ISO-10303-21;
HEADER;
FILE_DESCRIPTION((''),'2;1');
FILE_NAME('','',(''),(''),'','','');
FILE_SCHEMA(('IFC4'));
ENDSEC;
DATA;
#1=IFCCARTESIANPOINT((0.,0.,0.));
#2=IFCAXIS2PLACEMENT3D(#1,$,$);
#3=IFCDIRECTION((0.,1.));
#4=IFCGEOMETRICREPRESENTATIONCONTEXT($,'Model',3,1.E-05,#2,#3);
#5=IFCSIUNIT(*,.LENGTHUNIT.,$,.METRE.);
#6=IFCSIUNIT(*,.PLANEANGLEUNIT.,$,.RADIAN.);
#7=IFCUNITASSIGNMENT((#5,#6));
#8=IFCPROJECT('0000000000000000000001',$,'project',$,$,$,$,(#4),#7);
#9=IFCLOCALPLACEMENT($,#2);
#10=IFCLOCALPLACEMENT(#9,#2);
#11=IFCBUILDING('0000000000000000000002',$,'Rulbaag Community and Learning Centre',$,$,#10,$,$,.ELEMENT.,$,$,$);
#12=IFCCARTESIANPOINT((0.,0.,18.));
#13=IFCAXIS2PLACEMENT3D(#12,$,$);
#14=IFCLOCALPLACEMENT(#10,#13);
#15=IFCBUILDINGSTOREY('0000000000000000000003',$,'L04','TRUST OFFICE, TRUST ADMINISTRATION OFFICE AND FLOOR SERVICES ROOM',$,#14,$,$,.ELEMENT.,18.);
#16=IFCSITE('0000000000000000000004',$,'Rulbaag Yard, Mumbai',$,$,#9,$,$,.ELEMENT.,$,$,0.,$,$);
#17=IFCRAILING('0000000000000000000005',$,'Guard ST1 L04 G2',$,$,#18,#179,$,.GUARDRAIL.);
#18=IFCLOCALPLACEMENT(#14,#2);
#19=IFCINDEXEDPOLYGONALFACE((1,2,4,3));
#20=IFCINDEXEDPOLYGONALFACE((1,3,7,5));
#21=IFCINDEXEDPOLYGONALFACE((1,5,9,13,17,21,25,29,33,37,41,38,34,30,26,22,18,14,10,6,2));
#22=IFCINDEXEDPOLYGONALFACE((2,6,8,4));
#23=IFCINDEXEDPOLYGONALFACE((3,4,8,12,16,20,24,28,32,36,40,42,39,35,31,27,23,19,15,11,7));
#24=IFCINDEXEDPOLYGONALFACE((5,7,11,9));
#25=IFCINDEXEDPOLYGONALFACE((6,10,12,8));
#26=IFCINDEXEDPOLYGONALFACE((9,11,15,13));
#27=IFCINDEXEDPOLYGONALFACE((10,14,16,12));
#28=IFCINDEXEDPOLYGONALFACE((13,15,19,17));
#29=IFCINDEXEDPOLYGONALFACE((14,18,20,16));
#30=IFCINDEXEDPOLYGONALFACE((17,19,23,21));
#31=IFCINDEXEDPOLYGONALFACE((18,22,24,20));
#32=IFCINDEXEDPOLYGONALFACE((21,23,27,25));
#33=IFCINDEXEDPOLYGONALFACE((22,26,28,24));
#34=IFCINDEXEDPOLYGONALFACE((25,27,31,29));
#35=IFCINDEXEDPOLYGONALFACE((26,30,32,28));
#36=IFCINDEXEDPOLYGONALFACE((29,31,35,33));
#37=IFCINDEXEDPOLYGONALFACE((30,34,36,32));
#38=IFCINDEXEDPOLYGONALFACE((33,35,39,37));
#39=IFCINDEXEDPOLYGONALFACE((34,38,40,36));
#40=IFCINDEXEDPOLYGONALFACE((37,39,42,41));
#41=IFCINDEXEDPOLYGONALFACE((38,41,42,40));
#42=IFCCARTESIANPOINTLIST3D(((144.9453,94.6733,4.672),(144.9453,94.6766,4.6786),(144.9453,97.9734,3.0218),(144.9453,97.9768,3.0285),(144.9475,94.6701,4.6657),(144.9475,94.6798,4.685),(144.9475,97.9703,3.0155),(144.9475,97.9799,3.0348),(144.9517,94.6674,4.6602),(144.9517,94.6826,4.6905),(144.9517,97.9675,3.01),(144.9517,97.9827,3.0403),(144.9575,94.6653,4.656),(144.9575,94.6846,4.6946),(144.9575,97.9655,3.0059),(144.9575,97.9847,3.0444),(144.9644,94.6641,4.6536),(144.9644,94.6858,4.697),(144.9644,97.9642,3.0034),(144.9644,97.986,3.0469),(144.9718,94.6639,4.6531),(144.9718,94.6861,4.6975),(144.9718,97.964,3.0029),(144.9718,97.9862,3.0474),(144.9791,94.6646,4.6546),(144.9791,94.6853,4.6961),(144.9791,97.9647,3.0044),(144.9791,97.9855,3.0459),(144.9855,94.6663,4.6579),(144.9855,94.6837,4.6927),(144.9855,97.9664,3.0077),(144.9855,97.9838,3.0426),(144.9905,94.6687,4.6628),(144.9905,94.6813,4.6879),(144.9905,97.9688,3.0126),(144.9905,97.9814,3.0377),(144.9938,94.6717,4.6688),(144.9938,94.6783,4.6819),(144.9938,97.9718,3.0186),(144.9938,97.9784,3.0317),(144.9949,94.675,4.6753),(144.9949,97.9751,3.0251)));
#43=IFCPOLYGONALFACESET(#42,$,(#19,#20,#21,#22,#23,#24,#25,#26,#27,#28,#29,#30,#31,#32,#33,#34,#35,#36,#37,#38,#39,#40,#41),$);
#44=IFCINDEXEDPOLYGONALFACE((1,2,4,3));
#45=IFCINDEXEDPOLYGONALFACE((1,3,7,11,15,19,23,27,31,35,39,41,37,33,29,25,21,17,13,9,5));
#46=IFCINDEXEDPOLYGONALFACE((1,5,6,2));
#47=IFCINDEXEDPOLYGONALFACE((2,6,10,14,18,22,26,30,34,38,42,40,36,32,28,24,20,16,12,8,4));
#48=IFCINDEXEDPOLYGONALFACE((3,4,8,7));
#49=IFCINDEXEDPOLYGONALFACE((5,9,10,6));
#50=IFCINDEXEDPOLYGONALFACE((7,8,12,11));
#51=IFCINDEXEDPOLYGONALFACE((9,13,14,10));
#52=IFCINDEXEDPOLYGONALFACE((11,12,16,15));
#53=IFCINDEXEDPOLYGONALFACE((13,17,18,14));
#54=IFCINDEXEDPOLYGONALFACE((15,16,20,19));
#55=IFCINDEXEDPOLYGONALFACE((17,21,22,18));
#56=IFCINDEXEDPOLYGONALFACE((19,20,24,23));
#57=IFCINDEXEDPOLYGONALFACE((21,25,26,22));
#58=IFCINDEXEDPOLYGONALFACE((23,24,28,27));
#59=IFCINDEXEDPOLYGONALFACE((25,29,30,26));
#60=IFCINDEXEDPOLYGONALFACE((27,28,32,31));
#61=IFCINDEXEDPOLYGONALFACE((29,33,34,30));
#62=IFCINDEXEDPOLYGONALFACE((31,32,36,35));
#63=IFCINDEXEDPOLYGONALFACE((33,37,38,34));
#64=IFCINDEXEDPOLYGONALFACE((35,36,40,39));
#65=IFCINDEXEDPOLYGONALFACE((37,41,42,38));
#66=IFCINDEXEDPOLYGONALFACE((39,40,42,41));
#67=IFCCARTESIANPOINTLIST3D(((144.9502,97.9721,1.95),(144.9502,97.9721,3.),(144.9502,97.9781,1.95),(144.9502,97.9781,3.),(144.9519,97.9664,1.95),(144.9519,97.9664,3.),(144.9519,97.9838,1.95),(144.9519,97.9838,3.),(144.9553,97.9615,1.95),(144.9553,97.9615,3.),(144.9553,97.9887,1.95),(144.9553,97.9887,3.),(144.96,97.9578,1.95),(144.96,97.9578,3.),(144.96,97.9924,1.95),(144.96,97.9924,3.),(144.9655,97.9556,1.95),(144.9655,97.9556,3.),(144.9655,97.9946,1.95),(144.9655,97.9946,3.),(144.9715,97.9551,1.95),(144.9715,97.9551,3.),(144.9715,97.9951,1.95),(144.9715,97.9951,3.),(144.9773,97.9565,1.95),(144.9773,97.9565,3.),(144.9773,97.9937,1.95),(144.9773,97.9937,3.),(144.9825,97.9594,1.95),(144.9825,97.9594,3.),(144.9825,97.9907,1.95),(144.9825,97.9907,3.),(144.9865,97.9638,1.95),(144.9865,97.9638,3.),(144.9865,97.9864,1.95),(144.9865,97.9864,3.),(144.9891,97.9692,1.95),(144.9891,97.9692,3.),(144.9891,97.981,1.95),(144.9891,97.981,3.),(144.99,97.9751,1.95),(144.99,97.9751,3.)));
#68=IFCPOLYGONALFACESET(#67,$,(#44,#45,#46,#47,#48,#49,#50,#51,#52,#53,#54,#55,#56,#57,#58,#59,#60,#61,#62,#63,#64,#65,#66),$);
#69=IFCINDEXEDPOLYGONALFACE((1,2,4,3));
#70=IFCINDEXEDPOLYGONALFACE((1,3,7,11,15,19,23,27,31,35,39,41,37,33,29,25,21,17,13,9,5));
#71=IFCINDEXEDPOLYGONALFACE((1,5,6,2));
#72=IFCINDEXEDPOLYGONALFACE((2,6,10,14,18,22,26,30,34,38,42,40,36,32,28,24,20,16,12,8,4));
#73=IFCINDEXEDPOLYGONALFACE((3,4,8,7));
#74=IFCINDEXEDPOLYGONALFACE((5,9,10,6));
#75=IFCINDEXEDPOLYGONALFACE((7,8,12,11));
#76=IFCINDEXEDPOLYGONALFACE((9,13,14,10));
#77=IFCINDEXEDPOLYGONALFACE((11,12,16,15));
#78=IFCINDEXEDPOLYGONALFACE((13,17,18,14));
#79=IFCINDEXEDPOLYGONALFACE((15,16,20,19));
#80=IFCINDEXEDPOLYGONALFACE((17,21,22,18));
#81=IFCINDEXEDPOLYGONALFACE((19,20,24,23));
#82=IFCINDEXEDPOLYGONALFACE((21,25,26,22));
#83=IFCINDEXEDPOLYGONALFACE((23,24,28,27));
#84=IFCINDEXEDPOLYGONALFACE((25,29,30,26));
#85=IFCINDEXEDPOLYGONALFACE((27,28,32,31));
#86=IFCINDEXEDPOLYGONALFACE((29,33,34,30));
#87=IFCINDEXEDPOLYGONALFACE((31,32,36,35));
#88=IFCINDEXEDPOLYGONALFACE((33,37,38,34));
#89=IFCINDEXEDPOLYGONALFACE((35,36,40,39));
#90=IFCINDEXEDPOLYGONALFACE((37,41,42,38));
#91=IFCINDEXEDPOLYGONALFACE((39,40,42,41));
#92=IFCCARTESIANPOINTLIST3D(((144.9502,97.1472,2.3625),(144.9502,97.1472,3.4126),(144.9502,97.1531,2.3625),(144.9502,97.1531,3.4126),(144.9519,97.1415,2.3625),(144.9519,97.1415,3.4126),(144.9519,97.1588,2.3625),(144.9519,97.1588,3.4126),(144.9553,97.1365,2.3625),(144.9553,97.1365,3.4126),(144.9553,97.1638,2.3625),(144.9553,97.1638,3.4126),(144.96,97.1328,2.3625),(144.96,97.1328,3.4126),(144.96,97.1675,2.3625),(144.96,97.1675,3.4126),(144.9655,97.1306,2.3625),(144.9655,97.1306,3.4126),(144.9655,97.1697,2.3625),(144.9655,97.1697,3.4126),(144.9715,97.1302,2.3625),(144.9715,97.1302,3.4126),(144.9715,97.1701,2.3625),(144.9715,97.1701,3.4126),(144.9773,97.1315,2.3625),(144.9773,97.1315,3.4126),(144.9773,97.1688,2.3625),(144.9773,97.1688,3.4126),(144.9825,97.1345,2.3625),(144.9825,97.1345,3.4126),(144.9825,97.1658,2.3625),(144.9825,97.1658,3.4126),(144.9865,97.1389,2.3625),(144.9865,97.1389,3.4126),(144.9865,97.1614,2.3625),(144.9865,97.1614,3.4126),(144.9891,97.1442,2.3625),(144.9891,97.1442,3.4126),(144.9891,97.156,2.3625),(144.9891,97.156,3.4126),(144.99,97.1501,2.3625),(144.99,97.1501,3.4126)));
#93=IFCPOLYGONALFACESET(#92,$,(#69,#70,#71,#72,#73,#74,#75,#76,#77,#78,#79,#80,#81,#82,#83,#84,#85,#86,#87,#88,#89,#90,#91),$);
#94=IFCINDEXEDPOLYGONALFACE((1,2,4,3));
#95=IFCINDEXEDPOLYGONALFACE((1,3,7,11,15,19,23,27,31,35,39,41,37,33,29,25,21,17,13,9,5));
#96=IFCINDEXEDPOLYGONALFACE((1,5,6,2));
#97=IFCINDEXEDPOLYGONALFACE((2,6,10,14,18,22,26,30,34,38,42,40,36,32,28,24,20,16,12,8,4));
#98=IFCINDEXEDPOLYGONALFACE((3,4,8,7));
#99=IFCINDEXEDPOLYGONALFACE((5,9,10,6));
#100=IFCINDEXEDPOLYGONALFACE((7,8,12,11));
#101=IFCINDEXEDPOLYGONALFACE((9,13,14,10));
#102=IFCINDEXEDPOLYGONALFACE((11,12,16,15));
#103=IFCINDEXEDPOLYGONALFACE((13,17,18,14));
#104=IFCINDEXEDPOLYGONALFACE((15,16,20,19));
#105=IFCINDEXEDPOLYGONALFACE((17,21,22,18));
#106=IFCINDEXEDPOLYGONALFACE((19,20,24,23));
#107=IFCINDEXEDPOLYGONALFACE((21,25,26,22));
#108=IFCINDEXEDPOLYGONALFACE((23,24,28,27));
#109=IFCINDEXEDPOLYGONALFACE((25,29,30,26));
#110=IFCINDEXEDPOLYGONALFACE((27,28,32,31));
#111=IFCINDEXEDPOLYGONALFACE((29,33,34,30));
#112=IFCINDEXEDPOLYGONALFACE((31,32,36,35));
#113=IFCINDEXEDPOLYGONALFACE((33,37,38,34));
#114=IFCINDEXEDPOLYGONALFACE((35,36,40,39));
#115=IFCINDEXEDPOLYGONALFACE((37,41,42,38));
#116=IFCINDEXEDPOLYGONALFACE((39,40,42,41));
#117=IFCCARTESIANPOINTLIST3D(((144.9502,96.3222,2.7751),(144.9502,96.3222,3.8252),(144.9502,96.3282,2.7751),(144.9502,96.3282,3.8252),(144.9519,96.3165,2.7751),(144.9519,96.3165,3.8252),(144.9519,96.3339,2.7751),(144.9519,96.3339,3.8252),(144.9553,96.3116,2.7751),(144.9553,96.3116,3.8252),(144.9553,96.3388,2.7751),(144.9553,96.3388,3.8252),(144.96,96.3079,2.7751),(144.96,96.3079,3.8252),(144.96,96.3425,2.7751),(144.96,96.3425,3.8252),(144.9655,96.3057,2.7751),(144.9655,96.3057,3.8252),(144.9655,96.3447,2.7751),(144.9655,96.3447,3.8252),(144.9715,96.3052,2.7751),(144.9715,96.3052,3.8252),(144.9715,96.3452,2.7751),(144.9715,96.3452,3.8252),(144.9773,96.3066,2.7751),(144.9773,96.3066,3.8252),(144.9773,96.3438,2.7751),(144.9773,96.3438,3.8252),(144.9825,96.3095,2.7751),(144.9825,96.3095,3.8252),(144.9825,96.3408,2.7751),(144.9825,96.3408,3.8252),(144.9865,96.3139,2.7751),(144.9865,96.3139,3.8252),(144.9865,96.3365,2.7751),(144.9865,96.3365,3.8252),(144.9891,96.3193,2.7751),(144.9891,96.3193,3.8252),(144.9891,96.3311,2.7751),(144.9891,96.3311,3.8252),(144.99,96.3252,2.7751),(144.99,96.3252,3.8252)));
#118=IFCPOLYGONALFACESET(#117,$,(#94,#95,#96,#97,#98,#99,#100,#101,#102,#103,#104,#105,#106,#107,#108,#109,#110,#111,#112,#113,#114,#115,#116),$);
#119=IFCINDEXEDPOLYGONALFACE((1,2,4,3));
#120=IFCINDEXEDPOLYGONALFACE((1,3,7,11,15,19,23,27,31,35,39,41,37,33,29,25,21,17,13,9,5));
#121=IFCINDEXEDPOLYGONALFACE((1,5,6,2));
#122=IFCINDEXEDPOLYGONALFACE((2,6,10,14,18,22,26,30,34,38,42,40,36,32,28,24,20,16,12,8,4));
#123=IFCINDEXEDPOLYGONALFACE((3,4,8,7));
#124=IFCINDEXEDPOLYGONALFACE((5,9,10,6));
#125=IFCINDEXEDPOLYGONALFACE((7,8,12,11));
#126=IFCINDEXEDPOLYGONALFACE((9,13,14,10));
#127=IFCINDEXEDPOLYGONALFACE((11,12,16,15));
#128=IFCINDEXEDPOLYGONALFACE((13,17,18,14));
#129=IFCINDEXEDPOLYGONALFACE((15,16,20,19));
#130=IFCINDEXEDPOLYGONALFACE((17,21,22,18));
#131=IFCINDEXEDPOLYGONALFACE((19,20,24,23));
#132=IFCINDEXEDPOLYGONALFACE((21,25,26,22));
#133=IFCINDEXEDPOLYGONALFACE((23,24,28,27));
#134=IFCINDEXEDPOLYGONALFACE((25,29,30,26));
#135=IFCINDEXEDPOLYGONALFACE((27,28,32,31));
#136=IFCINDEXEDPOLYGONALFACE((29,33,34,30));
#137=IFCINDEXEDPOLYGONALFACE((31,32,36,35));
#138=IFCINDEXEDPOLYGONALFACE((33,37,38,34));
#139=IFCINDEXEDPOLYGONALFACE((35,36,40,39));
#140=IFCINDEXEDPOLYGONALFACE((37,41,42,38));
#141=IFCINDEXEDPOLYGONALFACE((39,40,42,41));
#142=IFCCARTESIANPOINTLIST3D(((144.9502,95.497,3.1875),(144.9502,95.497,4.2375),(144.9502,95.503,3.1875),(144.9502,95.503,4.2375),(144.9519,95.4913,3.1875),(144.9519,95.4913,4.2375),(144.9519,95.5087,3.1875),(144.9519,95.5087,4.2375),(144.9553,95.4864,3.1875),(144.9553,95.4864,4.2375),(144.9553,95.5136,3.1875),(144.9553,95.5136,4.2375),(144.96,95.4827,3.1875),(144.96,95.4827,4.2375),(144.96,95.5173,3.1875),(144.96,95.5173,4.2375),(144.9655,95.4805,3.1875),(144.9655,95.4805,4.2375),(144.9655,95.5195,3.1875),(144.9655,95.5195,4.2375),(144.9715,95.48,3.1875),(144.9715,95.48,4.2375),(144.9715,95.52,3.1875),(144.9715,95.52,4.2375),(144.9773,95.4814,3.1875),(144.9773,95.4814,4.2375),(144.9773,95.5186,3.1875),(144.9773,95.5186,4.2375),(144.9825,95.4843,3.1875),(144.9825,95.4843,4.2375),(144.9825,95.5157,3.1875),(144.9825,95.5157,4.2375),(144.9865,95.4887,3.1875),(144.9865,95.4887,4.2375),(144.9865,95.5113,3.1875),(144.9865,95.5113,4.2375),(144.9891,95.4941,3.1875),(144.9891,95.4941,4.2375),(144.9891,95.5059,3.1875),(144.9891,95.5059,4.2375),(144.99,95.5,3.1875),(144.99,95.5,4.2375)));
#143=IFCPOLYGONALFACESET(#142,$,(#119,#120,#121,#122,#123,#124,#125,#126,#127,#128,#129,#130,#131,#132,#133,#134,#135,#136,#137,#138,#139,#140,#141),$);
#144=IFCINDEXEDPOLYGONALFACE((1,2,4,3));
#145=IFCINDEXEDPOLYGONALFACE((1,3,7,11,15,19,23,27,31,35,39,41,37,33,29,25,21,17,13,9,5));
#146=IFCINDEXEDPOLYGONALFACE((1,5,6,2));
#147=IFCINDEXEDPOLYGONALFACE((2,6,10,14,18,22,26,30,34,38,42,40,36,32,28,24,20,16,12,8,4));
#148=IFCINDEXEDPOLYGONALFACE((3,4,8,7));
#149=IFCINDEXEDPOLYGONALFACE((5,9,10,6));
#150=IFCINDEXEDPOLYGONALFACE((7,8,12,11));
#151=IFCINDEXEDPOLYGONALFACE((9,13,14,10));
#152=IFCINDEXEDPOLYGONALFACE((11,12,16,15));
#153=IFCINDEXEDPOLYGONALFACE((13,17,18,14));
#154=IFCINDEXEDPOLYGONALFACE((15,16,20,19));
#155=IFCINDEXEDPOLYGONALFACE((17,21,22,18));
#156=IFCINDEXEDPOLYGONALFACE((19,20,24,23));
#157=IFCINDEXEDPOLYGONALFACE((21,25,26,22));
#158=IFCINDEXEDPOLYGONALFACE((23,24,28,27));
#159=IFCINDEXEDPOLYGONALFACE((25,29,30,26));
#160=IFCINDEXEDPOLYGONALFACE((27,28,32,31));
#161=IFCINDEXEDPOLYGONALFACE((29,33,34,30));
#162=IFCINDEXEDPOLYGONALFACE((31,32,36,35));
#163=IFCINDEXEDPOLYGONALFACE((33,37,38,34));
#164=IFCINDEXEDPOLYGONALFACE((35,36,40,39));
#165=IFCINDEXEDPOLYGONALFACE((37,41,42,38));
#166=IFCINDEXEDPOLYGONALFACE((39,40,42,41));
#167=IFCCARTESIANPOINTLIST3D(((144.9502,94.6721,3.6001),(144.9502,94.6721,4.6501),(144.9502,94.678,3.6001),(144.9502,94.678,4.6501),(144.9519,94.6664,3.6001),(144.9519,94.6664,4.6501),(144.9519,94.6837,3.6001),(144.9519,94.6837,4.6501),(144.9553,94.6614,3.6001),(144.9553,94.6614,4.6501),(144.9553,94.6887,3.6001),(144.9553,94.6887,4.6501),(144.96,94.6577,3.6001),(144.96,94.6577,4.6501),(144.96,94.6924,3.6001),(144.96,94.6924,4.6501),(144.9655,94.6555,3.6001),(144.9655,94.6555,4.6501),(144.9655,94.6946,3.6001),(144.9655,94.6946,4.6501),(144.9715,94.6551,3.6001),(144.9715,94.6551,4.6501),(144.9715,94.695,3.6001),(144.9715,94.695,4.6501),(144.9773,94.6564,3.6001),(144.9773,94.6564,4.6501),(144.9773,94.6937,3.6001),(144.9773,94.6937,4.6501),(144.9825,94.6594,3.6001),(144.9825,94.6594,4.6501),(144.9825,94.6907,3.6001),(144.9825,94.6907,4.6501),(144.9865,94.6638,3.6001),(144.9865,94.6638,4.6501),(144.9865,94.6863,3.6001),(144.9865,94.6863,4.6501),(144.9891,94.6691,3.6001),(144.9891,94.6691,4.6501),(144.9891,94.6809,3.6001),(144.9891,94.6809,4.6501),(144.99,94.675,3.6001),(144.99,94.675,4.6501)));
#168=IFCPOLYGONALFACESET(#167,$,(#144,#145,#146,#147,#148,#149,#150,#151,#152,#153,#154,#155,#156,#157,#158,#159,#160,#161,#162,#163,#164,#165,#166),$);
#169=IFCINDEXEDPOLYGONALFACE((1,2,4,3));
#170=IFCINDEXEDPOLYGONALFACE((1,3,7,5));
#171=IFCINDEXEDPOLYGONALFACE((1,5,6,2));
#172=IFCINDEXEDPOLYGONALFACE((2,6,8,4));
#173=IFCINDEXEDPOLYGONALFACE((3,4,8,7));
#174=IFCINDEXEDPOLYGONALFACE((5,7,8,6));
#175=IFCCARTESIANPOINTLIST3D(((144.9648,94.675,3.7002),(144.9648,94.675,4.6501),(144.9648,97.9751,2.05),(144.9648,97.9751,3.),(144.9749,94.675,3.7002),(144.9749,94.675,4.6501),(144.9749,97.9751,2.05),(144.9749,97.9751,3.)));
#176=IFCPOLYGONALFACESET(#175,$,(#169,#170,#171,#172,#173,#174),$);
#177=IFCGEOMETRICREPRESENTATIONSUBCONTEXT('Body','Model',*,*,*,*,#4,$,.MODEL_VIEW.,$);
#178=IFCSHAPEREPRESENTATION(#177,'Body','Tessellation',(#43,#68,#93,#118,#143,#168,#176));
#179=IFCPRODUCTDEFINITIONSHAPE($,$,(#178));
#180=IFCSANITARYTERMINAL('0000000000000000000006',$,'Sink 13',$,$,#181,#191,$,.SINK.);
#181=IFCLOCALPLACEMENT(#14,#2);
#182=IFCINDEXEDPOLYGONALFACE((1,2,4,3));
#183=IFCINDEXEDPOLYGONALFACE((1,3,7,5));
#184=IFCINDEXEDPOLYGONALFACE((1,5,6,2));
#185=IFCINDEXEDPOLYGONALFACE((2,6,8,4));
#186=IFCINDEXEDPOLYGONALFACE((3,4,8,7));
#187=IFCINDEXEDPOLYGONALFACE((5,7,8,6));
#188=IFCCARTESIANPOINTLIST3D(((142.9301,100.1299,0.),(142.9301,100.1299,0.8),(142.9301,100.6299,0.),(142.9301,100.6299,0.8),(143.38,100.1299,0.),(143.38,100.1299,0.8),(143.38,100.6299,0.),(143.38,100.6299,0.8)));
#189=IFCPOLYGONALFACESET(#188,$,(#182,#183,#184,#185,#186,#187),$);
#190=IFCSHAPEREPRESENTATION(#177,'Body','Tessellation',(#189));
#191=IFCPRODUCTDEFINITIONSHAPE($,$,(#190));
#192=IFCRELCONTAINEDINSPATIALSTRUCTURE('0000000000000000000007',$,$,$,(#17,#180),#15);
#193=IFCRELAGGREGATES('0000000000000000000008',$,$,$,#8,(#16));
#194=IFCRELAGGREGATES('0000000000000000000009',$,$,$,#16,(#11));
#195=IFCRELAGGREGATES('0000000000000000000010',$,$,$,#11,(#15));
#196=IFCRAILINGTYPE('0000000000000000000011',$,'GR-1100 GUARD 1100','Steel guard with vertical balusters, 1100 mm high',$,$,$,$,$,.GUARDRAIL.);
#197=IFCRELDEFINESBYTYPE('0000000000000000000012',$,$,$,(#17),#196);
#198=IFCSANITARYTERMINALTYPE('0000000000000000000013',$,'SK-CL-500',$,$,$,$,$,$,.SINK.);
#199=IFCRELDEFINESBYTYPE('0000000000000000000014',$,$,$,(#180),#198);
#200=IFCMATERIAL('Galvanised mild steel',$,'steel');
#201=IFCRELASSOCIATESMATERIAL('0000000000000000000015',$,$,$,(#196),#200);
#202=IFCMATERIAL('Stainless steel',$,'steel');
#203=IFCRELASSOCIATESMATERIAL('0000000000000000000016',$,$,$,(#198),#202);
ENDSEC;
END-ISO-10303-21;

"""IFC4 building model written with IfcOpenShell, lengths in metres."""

from ifc_helpers import new_model, si_unit, direction, frame, origin, origin_2d, place, context, subcontext, project, spatial, polyline, rectangle, circle, outline, extrude, material, type_object, element, save


model = new_model("IFC4")

# Units and contexts
model_context = context("Model", 3, precision=1e-05, world=origin(), true_north=direction((0.0, 1.0)))
body_context = subcontext(model_context, "Body", "Model", "MODEL_VIEW")
ifc_project = project(units=[si_unit("LENGTHUNIT", "METRE"), si_unit("PLANEANGLEUNIT", "RADIAN")], contexts=[model_context])

# Site, building, storey
site_placement = place(None, origin())
site = spatial("IfcSite", under=ifc_project, at=site_placement, Name="Rulbaag Yard, Mumbai", CompositionType="ELEMENT", RefElevation=0.0)
building_placement = place(site_placement, origin())
building = spatial("IfcBuilding", under=site, at=building_placement, Name="Rulbaag Community and Learning Centre", CompositionType="ELEMENT")
storey_placement = place(building_placement, frame((0.0, 0.0, 18.0)))
storey = spatial("IfcBuildingStorey", under=building, at=storey_placement, Name="L04", Description="TRUST OFFICE, TRUST ADMINISTRATION OFFICE AND FLOOR SERVICES ROOM", CompositionType="ELEMENT", Elevation=18.0)

# Railing
ifc_material_1 = material(Name="Galvanised mild steel", Category="steel")
railing_type = type_object("IfcRailingType", Name="GR-1100 GUARD 1100", Description="Steel guard with vertical balusters, 1100 mm high", PredefinedType="GUARDRAIL", material=ifc_material_1)
railing_1_placement = place(storey_placement, frame((144.97, 97.9751, 1.95)))
element("IfcRailing", 1, at=railing_1_placement, inside=storey, type_object=railing_type, Name="Guard ST1 L04 G2", PredefinedType="GUARDRAIL", context=body_context, shape_type="SweptSolid", body=[
    extrude(circle(Radius=0.0249, at=origin_2d()), frame((0.0, 0.0, 1.0752), z_axis=(0.0, -0.894414, 0.44724), x_axis=(1.0, 0.0, 0.0)), (0.0, 0.0, 1.0), 3.6897),
    extrude(circle(Radius=0.02, at=origin_2d()), origin(), (0.0, 0.0, 1.0), 1.05),
    extrude(circle(Radius=0.02, at=origin_2d()), frame((0.0, -0.825, 0.4126)), (0.0, 0.0, 1.0), 1.05),
    extrude(circle(Radius=0.02, at=origin_2d()), frame((0.0, -1.6499, 0.8252)), (0.0, 0.0, 1.0), 1.05),
    extrude(circle(Radius=0.02, at=origin_2d()), frame((0.0, -2.4751, 1.2375)), (0.0, 0.0, 1.0), 1.05),
    extrude(circle(Radius=0.02, at=origin_2d()), frame((0.0, -3.3, 1.6501)), (0.0, 0.0, 1.0), 1.05),
    extrude(outline(polyline([(0.0, 0.0), (3.3, 1.6501), (3.3, 2.6001), (0.0, 0.95), (0.0, 0.0)])), frame((0.0049, 0.0, 0.1001), z_axis=(-1.0, 0.0, 0.0), x_axis=(0.0, -1.0, 0.0)), (0.0, 0.0, 1.0), 0.01),
])

# Sanitary terminal
ifc_material_2 = material(Name="Stainless steel", Category="steel")
sanitary_terminal_type = type_object("IfcSanitaryTerminalType", Name="SK-CL-500", PredefinedType="SINK", material=ifc_material_2)
sanitary_terminal_placement = place(storey_placement, frame((143.155, 100.3799, 0.0), z_axis=(0.0, 0.0, 1.0), x_axis=(1.0, 0.0, 0.0)))
element("IfcSanitaryTerminal", 2, at=sanitary_terminal_placement, inside=storey, type_object=sanitary_terminal_type, Name="Sink 13", PredefinedType="SINK", context=body_context, shape_type="SweptSolid", body=[
    extrude(rectangle(XDim=0.45, YDim=0.5, at=origin_2d()), origin(), (0.0, 0.0, 1.0), 0.8),
])

save(model, "model.ifc")
